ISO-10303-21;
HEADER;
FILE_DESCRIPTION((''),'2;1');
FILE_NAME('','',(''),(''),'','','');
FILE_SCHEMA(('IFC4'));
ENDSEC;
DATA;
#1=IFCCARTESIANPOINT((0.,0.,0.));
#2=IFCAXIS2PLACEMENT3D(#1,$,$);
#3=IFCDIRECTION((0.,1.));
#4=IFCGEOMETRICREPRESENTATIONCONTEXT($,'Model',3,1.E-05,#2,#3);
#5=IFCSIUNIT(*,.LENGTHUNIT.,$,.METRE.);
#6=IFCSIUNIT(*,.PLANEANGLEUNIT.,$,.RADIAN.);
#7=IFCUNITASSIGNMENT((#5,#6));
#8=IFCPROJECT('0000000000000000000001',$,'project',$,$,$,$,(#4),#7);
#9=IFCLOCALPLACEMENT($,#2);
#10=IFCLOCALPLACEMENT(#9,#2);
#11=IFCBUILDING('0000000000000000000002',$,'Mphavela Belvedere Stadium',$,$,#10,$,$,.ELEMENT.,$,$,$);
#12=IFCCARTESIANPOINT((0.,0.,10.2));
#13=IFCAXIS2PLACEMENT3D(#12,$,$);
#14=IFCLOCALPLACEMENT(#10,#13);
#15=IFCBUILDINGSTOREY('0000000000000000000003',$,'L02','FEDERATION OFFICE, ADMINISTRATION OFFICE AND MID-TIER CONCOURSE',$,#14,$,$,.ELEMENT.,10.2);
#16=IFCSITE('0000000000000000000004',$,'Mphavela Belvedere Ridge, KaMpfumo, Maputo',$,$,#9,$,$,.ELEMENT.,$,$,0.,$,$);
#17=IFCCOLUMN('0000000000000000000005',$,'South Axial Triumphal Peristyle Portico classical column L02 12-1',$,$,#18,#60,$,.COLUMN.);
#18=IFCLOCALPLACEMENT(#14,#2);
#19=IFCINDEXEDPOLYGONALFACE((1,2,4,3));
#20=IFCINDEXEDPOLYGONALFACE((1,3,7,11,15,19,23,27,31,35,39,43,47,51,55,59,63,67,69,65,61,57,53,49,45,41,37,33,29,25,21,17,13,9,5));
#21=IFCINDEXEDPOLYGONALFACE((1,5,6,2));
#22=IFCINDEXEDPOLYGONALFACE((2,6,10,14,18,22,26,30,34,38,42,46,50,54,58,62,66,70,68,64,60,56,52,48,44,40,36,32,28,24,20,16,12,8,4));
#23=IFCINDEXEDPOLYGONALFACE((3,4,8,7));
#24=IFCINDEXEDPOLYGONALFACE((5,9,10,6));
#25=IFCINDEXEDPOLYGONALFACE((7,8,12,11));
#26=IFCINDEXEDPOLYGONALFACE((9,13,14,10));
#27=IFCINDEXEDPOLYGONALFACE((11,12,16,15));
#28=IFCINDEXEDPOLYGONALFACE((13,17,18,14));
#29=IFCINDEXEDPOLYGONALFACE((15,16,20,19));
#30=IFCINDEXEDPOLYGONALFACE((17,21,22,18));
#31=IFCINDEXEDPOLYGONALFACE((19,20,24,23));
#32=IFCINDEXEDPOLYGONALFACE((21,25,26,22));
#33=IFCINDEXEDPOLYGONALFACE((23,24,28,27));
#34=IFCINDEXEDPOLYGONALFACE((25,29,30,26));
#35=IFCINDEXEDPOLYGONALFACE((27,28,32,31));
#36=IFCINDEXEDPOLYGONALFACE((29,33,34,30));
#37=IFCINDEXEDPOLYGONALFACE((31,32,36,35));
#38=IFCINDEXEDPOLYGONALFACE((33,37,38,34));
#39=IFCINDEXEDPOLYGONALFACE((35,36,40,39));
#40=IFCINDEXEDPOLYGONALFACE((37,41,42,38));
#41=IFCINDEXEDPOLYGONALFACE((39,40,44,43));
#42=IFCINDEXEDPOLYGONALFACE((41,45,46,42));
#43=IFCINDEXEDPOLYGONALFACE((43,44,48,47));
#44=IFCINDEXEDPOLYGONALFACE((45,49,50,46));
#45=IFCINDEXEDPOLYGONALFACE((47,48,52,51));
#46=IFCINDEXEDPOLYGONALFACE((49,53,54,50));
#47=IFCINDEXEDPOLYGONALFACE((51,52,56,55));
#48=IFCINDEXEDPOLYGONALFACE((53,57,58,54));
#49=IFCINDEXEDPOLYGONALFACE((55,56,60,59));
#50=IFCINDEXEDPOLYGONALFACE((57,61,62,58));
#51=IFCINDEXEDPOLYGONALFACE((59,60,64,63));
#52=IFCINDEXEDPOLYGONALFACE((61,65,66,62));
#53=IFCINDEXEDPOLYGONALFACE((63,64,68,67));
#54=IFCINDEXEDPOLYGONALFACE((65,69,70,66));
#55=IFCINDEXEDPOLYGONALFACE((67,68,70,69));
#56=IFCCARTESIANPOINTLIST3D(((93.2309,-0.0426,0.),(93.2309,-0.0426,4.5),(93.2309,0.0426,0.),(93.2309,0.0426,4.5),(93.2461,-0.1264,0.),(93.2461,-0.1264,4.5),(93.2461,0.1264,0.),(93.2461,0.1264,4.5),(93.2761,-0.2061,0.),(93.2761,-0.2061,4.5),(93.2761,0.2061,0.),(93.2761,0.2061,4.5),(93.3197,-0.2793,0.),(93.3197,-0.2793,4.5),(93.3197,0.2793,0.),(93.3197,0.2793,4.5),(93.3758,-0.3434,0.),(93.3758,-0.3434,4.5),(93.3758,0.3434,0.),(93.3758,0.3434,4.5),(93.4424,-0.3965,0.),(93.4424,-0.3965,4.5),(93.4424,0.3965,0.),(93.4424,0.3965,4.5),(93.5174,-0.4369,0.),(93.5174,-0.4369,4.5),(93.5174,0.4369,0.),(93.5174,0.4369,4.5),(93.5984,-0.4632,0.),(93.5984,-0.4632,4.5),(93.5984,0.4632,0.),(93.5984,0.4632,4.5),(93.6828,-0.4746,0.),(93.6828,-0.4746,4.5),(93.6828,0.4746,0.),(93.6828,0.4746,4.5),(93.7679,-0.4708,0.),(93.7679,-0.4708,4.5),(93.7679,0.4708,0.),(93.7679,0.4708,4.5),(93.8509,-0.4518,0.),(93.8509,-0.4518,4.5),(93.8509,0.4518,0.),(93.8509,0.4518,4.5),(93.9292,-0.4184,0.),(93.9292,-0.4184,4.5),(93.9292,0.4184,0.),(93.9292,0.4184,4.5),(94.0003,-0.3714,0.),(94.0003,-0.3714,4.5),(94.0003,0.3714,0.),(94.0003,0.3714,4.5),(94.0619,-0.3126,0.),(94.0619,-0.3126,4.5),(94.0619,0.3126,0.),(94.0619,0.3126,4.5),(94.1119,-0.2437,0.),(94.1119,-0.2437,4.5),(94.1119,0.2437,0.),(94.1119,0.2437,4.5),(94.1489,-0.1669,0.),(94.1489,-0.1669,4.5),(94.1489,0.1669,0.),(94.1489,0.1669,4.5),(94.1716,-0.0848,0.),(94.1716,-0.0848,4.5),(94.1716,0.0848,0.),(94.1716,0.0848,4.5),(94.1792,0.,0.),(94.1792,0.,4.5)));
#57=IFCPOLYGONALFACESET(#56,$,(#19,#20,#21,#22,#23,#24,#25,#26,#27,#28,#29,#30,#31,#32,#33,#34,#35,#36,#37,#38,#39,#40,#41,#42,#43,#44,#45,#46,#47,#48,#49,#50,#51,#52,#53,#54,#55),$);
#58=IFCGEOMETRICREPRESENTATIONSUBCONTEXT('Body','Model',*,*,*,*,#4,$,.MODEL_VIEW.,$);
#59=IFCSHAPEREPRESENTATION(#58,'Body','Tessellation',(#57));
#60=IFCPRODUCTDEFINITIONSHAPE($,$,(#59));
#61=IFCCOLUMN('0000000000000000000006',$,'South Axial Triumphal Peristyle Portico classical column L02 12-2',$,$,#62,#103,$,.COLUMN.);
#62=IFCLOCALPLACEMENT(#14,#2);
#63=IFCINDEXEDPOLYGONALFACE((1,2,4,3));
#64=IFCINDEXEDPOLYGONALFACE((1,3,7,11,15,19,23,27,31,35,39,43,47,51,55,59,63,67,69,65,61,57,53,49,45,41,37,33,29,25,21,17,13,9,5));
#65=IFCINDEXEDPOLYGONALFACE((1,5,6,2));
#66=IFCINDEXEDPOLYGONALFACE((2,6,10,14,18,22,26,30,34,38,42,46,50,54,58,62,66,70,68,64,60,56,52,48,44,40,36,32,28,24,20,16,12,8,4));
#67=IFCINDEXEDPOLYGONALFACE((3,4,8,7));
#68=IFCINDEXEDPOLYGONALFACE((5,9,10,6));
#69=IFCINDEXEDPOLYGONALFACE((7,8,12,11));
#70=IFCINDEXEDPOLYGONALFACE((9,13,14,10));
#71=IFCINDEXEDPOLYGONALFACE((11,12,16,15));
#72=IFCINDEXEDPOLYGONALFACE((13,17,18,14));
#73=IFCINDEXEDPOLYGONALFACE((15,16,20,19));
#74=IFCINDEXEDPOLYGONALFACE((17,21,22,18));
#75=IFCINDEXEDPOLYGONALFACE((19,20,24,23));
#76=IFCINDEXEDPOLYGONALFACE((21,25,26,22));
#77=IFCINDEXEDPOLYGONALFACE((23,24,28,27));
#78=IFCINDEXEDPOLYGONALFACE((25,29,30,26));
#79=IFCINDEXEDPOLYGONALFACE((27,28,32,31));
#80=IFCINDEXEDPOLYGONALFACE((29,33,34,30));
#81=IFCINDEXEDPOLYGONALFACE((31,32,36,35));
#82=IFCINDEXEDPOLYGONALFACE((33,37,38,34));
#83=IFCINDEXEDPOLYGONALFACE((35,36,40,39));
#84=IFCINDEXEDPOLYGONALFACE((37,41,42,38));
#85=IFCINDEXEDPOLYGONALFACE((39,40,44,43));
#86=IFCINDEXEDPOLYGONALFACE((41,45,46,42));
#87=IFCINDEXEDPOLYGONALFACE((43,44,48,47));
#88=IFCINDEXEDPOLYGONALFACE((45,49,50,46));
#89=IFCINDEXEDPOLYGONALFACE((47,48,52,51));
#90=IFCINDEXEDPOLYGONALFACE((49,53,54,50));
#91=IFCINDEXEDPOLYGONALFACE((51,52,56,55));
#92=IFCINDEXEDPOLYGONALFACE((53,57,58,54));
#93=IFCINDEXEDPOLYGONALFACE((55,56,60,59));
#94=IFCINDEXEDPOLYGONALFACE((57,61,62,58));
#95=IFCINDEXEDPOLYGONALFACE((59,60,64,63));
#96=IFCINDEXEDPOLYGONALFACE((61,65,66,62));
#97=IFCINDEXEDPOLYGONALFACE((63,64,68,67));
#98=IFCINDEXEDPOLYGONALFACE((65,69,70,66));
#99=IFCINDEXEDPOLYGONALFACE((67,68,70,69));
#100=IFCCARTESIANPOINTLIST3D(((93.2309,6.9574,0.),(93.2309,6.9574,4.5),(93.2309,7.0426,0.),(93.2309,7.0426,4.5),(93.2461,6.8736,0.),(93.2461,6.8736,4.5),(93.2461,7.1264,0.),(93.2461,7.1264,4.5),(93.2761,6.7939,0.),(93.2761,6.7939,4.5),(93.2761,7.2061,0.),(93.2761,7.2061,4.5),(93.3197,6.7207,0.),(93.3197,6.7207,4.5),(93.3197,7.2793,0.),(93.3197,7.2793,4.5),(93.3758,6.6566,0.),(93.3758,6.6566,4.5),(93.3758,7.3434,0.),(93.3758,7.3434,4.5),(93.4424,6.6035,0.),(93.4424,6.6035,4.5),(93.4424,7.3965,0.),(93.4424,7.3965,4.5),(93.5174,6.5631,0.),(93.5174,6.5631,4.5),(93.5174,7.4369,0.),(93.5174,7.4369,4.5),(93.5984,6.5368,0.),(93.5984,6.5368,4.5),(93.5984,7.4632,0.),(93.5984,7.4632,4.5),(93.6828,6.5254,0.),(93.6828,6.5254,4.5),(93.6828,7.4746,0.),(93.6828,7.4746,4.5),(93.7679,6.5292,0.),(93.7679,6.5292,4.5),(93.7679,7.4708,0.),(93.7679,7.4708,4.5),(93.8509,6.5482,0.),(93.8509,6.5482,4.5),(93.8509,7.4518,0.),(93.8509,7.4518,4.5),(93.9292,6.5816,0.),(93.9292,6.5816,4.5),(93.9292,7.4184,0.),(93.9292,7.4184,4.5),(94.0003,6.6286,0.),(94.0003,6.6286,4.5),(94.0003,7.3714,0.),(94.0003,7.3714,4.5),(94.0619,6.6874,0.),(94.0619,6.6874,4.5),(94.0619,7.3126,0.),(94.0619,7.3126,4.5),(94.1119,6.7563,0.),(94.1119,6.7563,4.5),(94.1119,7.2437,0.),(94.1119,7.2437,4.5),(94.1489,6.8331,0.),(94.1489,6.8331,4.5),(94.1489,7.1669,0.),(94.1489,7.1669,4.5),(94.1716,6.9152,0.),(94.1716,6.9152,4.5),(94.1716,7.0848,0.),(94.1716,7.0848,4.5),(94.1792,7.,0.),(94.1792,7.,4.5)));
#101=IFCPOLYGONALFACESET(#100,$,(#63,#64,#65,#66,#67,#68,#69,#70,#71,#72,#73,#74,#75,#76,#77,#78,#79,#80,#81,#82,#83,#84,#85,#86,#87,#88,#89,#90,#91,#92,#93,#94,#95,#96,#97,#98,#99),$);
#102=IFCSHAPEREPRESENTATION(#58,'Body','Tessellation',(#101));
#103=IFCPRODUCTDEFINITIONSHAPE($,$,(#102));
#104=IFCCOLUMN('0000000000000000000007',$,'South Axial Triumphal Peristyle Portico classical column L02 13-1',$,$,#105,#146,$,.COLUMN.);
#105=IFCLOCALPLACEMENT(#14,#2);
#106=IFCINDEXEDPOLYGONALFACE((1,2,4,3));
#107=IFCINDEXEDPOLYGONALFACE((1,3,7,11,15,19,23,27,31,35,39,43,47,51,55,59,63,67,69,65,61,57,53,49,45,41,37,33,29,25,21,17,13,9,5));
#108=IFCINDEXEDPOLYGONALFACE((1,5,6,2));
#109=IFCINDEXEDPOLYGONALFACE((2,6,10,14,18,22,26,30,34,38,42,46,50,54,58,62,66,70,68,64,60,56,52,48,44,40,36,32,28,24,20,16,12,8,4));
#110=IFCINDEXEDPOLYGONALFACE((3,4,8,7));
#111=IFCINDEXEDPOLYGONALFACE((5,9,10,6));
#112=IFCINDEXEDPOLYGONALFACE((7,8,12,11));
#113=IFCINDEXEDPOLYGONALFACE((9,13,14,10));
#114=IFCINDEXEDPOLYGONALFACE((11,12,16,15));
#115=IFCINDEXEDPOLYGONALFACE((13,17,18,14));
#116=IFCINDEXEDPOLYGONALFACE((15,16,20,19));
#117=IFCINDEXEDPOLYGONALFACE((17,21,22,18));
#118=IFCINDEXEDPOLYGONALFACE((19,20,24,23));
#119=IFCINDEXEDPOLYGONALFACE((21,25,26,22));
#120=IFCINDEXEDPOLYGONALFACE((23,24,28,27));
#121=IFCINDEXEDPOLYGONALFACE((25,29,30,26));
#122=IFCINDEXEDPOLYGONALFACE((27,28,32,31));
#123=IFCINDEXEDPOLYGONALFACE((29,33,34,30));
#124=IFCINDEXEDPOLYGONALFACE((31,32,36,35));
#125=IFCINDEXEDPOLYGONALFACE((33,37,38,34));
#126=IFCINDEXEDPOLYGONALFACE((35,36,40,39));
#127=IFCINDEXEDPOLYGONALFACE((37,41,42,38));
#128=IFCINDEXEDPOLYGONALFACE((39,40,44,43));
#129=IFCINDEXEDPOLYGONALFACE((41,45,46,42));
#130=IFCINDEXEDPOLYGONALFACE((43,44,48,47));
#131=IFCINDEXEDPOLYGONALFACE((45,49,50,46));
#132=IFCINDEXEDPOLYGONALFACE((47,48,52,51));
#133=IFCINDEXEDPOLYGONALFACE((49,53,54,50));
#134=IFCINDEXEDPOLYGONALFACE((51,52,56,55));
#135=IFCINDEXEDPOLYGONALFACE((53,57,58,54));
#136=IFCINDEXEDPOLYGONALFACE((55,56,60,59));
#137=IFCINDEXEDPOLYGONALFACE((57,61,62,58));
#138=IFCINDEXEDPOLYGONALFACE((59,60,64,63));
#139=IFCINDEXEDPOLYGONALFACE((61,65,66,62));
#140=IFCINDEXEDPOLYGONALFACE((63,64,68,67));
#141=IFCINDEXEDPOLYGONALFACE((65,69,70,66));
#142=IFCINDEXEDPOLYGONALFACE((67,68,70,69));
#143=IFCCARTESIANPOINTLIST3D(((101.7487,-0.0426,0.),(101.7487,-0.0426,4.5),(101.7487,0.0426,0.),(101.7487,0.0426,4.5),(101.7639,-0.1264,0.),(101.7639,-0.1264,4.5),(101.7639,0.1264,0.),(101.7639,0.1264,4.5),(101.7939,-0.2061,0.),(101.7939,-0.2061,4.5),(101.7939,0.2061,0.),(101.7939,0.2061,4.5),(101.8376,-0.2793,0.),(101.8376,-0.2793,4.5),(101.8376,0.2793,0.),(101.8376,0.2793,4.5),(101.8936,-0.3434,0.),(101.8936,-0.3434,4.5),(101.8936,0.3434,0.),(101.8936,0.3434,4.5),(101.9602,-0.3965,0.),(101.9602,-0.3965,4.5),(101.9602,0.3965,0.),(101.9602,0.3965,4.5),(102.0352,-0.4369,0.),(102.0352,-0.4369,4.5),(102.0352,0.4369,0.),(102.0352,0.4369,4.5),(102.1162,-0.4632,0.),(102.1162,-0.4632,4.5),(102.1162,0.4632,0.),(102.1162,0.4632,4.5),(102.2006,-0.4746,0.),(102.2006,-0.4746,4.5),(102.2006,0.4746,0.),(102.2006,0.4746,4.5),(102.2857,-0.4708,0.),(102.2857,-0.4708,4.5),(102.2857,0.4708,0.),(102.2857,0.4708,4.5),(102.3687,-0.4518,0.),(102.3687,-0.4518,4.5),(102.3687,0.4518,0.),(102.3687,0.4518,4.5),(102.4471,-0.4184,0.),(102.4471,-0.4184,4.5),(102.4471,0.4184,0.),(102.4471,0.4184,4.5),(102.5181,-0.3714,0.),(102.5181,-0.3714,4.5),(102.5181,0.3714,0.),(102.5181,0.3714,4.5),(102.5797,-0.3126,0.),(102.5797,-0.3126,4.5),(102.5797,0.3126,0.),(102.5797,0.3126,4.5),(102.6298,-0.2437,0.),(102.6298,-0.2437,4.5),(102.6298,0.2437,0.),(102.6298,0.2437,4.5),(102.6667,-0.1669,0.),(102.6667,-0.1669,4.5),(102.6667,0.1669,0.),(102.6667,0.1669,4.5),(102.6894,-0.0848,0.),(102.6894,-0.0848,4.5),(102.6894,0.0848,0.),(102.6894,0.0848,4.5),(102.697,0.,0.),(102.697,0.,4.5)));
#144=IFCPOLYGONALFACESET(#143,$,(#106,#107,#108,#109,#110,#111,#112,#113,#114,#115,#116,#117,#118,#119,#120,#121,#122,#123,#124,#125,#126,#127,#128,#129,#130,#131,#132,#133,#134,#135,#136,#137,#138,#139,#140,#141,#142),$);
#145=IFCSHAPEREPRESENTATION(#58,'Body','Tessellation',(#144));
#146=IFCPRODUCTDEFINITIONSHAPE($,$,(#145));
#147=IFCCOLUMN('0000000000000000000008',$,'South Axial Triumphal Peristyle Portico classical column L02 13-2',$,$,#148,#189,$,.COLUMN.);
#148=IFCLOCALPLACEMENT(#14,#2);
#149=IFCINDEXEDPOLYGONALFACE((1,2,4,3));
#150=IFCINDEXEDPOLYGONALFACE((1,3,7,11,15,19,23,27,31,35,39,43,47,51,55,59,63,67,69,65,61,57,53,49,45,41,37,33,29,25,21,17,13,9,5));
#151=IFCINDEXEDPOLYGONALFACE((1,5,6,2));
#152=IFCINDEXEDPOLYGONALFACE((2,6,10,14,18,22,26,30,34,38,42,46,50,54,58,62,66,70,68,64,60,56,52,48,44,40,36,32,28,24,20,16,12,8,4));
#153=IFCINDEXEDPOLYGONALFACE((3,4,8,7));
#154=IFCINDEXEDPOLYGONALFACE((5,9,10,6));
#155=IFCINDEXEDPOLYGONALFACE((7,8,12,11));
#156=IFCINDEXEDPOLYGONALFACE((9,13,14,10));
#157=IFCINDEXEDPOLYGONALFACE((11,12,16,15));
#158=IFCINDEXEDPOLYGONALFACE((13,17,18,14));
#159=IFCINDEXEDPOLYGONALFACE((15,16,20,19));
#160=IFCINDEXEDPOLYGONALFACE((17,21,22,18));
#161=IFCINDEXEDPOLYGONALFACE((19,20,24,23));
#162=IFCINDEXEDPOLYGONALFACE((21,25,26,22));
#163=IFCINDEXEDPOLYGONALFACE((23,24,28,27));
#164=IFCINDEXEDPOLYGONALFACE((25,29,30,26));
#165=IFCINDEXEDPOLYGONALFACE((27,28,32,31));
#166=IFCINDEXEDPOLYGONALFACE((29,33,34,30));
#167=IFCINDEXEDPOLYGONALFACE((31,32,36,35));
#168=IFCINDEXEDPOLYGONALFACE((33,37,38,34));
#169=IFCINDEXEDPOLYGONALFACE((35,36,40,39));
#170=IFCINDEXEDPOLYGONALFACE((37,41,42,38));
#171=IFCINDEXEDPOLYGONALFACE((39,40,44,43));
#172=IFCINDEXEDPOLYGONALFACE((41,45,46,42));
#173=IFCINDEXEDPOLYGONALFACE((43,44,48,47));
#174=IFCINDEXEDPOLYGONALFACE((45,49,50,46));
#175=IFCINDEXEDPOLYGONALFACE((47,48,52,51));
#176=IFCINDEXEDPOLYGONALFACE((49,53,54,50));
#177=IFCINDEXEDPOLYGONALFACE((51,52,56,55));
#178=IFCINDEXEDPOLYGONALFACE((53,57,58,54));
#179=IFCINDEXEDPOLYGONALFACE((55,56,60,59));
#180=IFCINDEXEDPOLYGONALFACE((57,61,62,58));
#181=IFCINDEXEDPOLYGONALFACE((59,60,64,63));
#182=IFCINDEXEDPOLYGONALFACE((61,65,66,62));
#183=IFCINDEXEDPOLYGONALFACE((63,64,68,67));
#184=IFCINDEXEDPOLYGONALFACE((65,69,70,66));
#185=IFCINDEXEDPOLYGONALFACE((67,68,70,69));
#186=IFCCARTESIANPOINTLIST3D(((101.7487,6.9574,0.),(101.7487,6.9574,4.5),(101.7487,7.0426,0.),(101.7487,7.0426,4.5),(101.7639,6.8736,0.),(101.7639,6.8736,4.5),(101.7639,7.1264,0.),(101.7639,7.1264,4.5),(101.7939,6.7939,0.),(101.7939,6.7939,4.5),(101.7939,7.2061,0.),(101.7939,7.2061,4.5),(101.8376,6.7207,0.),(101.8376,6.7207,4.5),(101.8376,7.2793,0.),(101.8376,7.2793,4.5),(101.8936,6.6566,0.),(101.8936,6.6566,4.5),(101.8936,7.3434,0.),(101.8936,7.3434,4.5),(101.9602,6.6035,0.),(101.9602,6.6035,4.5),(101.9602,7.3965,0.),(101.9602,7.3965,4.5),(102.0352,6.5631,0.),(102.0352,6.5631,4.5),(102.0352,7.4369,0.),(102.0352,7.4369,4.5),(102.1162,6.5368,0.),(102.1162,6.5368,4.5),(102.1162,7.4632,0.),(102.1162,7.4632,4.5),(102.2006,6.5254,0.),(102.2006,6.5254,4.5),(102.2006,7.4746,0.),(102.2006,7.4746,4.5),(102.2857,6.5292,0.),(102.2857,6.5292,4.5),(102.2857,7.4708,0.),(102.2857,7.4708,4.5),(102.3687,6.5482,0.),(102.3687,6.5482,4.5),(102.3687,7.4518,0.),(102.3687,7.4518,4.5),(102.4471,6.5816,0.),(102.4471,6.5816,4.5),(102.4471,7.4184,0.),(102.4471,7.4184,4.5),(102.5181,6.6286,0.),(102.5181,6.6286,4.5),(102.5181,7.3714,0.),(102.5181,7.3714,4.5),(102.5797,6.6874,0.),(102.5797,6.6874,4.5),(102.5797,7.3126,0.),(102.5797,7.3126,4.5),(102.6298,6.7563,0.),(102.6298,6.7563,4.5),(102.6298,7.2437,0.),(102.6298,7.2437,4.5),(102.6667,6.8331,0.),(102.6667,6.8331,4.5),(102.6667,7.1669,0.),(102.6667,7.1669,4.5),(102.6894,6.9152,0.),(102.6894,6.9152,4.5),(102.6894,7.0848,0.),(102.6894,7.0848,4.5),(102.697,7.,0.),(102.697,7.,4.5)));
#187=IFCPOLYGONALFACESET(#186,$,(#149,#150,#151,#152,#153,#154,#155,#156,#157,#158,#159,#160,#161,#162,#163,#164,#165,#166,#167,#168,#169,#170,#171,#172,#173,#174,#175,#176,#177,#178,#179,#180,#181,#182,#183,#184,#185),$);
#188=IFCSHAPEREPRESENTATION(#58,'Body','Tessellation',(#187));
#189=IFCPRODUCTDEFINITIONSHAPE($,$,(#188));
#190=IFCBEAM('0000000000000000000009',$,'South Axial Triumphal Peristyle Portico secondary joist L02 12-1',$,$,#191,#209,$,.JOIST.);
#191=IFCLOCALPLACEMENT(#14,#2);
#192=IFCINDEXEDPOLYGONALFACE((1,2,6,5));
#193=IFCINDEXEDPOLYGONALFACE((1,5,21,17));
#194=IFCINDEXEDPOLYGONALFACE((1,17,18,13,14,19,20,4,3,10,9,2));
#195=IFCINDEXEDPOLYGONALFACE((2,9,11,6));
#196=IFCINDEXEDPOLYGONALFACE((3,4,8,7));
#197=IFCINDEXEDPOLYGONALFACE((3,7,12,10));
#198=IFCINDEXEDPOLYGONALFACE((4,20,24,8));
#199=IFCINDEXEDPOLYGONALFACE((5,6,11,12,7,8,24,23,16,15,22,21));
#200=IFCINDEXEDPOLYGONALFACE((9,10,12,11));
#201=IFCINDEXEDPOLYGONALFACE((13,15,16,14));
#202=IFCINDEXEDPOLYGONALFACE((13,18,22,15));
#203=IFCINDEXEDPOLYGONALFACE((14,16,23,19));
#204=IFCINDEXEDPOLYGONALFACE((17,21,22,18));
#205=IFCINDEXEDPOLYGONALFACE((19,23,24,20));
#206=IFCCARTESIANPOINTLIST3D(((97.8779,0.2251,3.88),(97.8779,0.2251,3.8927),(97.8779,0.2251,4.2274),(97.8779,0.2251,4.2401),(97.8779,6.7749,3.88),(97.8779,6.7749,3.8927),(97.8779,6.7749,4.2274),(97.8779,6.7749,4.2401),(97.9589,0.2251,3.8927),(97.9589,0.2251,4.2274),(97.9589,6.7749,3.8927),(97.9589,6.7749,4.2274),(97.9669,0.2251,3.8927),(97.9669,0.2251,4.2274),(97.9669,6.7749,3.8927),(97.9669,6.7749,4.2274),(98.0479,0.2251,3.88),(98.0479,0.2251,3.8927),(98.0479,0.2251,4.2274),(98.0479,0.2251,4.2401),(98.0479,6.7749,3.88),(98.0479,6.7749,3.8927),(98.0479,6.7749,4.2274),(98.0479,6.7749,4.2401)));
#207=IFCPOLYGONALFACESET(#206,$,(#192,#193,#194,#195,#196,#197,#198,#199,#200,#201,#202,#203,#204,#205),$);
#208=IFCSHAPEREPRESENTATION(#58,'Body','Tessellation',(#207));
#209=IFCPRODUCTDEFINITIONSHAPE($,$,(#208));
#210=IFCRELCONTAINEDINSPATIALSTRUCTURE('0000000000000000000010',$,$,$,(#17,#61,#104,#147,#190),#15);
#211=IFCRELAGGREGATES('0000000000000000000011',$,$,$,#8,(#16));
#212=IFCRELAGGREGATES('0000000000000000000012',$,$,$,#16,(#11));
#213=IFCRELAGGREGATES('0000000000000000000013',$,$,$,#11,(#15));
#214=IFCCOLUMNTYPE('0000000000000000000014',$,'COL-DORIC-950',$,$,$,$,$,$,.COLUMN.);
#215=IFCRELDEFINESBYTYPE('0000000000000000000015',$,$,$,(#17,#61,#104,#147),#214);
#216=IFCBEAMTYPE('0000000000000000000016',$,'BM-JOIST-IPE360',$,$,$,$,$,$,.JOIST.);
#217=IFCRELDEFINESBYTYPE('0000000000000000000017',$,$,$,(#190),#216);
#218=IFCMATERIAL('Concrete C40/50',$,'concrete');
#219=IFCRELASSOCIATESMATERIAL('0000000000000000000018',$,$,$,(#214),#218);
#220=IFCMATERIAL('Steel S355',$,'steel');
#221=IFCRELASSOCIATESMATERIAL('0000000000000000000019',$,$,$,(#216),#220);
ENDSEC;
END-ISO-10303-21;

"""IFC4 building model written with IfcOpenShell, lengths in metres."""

from ifc_helpers import new_model, si_unit, direction, frame, origin, origin_2d, place, context, subcontext, project, spatial, circle, i_section, extrude, material, material_profile, profile_set, type_object, element, save


model = new_model("IFC4")

# Units and contexts
model_context = context("Model", 3, precision=1e-05, world=origin(), true_north=direction((0.0, 1.0)))
body_context = subcontext(model_context, "Body", "Model", "MODEL_VIEW")
ifc_project = project(units=[si_unit("LENGTHUNIT", "METRE"), si_unit("PLANEANGLEUNIT", "RADIAN")], contexts=[model_context])

# Site, building, storey
site_placement = place(None, origin())
site = spatial("IfcSite", under=ifc_project, at=site_placement, Name="Mphavela Belvedere Ridge, KaMpfumo, Maputo", CompositionType="ELEMENT", RefElevation=0.0)
building_placement = place(site_placement, origin())
building = spatial("IfcBuilding", under=site, at=building_placement, Name="Mphavela Belvedere Stadium", CompositionType="ELEMENT")
storey_placement = place(building_placement, frame((0.0, 0.0, 10.2)))
storey = spatial("IfcBuildingStorey", under=building, at=storey_placement, Name="L02", Description="FEDERATION OFFICE, ADMINISTRATION OFFICE AND MID-TIER CONCOURSE", CompositionType="ELEMENT", Elevation=10.2)

# Columns
ifc_material_1 = material(Name="Concrete C40/50", Category="concrete")
ifc_material_profile_1 = material_profile(ifc_material_1, circle(Radius=0.4751, at=origin_2d()), Name="COL D950")
ifc_profile_set_1 = profile_set([ifc_material_profile_1], Name="Concrete C40/50")
column_type = type_object("IfcColumnType", Name="COL-DORIC-950", PredefinedType="COLUMN", material=ifc_profile_set_1)
for number, where, z_axis, x_axis, name in (
    (1, (93.7041, 0.0, 0.0), (0.0, 0.0, 1.0), (1.0, 0.0, 0.0), "South Axial Triumphal Peristyle Portico classical column L02 12-1"),
    (2, (93.7041, 7.0, 0.0), (0.0, 0.0, 1.0), (1.0, 0.0, 0.0), "South Axial Triumphal Peristyle Portico classical column L02 12-2"),
    (3, (102.2219, 0.0, 0.0), (0.0, 0.0, 1.0), (1.0, 0.0, 0.0), "South Axial Triumphal Peristyle Portico classical column L02 13-1"),
    (4, (102.2219, 7.0, 0.0), (0.0, 0.0, 1.0), (1.0, 0.0, 0.0), "South Axial Triumphal Peristyle Portico classical column L02 13-2"),
):
    element("IfcColumn", number, at=place(storey_placement, frame(where, z_axis=z_axis, x_axis=x_axis)), inside=storey, type_object=column_type, Name=name, PredefinedType="COLUMN", context=body_context, shape_type="SweptSolid", body=[
        extrude(circle(Radius=0.4751, at=origin_2d()), origin(), (0.0, 0.0, 1.0), 4.5),
    ])

# Beam
ifc_material_2 = material(Name="Steel S355", Category="steel")
ifc_material_profile_2 = material_profile(ifc_material_2, i_section(OverallWidth=0.1699, OverallDepth=0.3601, WebThickness=0.0081, FlangeThickness=0.0127, at=origin_2d()), Name="IPE 360")
ifc_profile_set_2 = profile_set([ifc_material_profile_2], Name="Steel S355")
beam_type_1 = type_object("IfcBeamType", Name="BM-JOIST-IPE360", PredefinedType="JOIST", material=ifc_profile_set_2)
beam_1_placement = place(storey_placement, frame((97.9629, 0.2251, 4.0601), z_axis=(0.0, 1.0, 0.0), x_axis=(-1.0, 0.0, 0.0)))
element("IfcBeam", 5, at=beam_1_placement, inside=storey, type_object=beam_type_1, Name="South Axial Triumphal Peristyle Portico secondary joist L02 12-1", PredefinedType="JOIST", context=body_context, shape_type="SweptSolid", body=[
    extrude(i_section(OverallWidth=0.1699, OverallDepth=0.3601, WebThickness=0.0081, FlangeThickness=0.0127, at=origin_2d()), origin(), (0.0, 0.0, 1.0), 6.5498),
])

save(model, "model.ifc")
